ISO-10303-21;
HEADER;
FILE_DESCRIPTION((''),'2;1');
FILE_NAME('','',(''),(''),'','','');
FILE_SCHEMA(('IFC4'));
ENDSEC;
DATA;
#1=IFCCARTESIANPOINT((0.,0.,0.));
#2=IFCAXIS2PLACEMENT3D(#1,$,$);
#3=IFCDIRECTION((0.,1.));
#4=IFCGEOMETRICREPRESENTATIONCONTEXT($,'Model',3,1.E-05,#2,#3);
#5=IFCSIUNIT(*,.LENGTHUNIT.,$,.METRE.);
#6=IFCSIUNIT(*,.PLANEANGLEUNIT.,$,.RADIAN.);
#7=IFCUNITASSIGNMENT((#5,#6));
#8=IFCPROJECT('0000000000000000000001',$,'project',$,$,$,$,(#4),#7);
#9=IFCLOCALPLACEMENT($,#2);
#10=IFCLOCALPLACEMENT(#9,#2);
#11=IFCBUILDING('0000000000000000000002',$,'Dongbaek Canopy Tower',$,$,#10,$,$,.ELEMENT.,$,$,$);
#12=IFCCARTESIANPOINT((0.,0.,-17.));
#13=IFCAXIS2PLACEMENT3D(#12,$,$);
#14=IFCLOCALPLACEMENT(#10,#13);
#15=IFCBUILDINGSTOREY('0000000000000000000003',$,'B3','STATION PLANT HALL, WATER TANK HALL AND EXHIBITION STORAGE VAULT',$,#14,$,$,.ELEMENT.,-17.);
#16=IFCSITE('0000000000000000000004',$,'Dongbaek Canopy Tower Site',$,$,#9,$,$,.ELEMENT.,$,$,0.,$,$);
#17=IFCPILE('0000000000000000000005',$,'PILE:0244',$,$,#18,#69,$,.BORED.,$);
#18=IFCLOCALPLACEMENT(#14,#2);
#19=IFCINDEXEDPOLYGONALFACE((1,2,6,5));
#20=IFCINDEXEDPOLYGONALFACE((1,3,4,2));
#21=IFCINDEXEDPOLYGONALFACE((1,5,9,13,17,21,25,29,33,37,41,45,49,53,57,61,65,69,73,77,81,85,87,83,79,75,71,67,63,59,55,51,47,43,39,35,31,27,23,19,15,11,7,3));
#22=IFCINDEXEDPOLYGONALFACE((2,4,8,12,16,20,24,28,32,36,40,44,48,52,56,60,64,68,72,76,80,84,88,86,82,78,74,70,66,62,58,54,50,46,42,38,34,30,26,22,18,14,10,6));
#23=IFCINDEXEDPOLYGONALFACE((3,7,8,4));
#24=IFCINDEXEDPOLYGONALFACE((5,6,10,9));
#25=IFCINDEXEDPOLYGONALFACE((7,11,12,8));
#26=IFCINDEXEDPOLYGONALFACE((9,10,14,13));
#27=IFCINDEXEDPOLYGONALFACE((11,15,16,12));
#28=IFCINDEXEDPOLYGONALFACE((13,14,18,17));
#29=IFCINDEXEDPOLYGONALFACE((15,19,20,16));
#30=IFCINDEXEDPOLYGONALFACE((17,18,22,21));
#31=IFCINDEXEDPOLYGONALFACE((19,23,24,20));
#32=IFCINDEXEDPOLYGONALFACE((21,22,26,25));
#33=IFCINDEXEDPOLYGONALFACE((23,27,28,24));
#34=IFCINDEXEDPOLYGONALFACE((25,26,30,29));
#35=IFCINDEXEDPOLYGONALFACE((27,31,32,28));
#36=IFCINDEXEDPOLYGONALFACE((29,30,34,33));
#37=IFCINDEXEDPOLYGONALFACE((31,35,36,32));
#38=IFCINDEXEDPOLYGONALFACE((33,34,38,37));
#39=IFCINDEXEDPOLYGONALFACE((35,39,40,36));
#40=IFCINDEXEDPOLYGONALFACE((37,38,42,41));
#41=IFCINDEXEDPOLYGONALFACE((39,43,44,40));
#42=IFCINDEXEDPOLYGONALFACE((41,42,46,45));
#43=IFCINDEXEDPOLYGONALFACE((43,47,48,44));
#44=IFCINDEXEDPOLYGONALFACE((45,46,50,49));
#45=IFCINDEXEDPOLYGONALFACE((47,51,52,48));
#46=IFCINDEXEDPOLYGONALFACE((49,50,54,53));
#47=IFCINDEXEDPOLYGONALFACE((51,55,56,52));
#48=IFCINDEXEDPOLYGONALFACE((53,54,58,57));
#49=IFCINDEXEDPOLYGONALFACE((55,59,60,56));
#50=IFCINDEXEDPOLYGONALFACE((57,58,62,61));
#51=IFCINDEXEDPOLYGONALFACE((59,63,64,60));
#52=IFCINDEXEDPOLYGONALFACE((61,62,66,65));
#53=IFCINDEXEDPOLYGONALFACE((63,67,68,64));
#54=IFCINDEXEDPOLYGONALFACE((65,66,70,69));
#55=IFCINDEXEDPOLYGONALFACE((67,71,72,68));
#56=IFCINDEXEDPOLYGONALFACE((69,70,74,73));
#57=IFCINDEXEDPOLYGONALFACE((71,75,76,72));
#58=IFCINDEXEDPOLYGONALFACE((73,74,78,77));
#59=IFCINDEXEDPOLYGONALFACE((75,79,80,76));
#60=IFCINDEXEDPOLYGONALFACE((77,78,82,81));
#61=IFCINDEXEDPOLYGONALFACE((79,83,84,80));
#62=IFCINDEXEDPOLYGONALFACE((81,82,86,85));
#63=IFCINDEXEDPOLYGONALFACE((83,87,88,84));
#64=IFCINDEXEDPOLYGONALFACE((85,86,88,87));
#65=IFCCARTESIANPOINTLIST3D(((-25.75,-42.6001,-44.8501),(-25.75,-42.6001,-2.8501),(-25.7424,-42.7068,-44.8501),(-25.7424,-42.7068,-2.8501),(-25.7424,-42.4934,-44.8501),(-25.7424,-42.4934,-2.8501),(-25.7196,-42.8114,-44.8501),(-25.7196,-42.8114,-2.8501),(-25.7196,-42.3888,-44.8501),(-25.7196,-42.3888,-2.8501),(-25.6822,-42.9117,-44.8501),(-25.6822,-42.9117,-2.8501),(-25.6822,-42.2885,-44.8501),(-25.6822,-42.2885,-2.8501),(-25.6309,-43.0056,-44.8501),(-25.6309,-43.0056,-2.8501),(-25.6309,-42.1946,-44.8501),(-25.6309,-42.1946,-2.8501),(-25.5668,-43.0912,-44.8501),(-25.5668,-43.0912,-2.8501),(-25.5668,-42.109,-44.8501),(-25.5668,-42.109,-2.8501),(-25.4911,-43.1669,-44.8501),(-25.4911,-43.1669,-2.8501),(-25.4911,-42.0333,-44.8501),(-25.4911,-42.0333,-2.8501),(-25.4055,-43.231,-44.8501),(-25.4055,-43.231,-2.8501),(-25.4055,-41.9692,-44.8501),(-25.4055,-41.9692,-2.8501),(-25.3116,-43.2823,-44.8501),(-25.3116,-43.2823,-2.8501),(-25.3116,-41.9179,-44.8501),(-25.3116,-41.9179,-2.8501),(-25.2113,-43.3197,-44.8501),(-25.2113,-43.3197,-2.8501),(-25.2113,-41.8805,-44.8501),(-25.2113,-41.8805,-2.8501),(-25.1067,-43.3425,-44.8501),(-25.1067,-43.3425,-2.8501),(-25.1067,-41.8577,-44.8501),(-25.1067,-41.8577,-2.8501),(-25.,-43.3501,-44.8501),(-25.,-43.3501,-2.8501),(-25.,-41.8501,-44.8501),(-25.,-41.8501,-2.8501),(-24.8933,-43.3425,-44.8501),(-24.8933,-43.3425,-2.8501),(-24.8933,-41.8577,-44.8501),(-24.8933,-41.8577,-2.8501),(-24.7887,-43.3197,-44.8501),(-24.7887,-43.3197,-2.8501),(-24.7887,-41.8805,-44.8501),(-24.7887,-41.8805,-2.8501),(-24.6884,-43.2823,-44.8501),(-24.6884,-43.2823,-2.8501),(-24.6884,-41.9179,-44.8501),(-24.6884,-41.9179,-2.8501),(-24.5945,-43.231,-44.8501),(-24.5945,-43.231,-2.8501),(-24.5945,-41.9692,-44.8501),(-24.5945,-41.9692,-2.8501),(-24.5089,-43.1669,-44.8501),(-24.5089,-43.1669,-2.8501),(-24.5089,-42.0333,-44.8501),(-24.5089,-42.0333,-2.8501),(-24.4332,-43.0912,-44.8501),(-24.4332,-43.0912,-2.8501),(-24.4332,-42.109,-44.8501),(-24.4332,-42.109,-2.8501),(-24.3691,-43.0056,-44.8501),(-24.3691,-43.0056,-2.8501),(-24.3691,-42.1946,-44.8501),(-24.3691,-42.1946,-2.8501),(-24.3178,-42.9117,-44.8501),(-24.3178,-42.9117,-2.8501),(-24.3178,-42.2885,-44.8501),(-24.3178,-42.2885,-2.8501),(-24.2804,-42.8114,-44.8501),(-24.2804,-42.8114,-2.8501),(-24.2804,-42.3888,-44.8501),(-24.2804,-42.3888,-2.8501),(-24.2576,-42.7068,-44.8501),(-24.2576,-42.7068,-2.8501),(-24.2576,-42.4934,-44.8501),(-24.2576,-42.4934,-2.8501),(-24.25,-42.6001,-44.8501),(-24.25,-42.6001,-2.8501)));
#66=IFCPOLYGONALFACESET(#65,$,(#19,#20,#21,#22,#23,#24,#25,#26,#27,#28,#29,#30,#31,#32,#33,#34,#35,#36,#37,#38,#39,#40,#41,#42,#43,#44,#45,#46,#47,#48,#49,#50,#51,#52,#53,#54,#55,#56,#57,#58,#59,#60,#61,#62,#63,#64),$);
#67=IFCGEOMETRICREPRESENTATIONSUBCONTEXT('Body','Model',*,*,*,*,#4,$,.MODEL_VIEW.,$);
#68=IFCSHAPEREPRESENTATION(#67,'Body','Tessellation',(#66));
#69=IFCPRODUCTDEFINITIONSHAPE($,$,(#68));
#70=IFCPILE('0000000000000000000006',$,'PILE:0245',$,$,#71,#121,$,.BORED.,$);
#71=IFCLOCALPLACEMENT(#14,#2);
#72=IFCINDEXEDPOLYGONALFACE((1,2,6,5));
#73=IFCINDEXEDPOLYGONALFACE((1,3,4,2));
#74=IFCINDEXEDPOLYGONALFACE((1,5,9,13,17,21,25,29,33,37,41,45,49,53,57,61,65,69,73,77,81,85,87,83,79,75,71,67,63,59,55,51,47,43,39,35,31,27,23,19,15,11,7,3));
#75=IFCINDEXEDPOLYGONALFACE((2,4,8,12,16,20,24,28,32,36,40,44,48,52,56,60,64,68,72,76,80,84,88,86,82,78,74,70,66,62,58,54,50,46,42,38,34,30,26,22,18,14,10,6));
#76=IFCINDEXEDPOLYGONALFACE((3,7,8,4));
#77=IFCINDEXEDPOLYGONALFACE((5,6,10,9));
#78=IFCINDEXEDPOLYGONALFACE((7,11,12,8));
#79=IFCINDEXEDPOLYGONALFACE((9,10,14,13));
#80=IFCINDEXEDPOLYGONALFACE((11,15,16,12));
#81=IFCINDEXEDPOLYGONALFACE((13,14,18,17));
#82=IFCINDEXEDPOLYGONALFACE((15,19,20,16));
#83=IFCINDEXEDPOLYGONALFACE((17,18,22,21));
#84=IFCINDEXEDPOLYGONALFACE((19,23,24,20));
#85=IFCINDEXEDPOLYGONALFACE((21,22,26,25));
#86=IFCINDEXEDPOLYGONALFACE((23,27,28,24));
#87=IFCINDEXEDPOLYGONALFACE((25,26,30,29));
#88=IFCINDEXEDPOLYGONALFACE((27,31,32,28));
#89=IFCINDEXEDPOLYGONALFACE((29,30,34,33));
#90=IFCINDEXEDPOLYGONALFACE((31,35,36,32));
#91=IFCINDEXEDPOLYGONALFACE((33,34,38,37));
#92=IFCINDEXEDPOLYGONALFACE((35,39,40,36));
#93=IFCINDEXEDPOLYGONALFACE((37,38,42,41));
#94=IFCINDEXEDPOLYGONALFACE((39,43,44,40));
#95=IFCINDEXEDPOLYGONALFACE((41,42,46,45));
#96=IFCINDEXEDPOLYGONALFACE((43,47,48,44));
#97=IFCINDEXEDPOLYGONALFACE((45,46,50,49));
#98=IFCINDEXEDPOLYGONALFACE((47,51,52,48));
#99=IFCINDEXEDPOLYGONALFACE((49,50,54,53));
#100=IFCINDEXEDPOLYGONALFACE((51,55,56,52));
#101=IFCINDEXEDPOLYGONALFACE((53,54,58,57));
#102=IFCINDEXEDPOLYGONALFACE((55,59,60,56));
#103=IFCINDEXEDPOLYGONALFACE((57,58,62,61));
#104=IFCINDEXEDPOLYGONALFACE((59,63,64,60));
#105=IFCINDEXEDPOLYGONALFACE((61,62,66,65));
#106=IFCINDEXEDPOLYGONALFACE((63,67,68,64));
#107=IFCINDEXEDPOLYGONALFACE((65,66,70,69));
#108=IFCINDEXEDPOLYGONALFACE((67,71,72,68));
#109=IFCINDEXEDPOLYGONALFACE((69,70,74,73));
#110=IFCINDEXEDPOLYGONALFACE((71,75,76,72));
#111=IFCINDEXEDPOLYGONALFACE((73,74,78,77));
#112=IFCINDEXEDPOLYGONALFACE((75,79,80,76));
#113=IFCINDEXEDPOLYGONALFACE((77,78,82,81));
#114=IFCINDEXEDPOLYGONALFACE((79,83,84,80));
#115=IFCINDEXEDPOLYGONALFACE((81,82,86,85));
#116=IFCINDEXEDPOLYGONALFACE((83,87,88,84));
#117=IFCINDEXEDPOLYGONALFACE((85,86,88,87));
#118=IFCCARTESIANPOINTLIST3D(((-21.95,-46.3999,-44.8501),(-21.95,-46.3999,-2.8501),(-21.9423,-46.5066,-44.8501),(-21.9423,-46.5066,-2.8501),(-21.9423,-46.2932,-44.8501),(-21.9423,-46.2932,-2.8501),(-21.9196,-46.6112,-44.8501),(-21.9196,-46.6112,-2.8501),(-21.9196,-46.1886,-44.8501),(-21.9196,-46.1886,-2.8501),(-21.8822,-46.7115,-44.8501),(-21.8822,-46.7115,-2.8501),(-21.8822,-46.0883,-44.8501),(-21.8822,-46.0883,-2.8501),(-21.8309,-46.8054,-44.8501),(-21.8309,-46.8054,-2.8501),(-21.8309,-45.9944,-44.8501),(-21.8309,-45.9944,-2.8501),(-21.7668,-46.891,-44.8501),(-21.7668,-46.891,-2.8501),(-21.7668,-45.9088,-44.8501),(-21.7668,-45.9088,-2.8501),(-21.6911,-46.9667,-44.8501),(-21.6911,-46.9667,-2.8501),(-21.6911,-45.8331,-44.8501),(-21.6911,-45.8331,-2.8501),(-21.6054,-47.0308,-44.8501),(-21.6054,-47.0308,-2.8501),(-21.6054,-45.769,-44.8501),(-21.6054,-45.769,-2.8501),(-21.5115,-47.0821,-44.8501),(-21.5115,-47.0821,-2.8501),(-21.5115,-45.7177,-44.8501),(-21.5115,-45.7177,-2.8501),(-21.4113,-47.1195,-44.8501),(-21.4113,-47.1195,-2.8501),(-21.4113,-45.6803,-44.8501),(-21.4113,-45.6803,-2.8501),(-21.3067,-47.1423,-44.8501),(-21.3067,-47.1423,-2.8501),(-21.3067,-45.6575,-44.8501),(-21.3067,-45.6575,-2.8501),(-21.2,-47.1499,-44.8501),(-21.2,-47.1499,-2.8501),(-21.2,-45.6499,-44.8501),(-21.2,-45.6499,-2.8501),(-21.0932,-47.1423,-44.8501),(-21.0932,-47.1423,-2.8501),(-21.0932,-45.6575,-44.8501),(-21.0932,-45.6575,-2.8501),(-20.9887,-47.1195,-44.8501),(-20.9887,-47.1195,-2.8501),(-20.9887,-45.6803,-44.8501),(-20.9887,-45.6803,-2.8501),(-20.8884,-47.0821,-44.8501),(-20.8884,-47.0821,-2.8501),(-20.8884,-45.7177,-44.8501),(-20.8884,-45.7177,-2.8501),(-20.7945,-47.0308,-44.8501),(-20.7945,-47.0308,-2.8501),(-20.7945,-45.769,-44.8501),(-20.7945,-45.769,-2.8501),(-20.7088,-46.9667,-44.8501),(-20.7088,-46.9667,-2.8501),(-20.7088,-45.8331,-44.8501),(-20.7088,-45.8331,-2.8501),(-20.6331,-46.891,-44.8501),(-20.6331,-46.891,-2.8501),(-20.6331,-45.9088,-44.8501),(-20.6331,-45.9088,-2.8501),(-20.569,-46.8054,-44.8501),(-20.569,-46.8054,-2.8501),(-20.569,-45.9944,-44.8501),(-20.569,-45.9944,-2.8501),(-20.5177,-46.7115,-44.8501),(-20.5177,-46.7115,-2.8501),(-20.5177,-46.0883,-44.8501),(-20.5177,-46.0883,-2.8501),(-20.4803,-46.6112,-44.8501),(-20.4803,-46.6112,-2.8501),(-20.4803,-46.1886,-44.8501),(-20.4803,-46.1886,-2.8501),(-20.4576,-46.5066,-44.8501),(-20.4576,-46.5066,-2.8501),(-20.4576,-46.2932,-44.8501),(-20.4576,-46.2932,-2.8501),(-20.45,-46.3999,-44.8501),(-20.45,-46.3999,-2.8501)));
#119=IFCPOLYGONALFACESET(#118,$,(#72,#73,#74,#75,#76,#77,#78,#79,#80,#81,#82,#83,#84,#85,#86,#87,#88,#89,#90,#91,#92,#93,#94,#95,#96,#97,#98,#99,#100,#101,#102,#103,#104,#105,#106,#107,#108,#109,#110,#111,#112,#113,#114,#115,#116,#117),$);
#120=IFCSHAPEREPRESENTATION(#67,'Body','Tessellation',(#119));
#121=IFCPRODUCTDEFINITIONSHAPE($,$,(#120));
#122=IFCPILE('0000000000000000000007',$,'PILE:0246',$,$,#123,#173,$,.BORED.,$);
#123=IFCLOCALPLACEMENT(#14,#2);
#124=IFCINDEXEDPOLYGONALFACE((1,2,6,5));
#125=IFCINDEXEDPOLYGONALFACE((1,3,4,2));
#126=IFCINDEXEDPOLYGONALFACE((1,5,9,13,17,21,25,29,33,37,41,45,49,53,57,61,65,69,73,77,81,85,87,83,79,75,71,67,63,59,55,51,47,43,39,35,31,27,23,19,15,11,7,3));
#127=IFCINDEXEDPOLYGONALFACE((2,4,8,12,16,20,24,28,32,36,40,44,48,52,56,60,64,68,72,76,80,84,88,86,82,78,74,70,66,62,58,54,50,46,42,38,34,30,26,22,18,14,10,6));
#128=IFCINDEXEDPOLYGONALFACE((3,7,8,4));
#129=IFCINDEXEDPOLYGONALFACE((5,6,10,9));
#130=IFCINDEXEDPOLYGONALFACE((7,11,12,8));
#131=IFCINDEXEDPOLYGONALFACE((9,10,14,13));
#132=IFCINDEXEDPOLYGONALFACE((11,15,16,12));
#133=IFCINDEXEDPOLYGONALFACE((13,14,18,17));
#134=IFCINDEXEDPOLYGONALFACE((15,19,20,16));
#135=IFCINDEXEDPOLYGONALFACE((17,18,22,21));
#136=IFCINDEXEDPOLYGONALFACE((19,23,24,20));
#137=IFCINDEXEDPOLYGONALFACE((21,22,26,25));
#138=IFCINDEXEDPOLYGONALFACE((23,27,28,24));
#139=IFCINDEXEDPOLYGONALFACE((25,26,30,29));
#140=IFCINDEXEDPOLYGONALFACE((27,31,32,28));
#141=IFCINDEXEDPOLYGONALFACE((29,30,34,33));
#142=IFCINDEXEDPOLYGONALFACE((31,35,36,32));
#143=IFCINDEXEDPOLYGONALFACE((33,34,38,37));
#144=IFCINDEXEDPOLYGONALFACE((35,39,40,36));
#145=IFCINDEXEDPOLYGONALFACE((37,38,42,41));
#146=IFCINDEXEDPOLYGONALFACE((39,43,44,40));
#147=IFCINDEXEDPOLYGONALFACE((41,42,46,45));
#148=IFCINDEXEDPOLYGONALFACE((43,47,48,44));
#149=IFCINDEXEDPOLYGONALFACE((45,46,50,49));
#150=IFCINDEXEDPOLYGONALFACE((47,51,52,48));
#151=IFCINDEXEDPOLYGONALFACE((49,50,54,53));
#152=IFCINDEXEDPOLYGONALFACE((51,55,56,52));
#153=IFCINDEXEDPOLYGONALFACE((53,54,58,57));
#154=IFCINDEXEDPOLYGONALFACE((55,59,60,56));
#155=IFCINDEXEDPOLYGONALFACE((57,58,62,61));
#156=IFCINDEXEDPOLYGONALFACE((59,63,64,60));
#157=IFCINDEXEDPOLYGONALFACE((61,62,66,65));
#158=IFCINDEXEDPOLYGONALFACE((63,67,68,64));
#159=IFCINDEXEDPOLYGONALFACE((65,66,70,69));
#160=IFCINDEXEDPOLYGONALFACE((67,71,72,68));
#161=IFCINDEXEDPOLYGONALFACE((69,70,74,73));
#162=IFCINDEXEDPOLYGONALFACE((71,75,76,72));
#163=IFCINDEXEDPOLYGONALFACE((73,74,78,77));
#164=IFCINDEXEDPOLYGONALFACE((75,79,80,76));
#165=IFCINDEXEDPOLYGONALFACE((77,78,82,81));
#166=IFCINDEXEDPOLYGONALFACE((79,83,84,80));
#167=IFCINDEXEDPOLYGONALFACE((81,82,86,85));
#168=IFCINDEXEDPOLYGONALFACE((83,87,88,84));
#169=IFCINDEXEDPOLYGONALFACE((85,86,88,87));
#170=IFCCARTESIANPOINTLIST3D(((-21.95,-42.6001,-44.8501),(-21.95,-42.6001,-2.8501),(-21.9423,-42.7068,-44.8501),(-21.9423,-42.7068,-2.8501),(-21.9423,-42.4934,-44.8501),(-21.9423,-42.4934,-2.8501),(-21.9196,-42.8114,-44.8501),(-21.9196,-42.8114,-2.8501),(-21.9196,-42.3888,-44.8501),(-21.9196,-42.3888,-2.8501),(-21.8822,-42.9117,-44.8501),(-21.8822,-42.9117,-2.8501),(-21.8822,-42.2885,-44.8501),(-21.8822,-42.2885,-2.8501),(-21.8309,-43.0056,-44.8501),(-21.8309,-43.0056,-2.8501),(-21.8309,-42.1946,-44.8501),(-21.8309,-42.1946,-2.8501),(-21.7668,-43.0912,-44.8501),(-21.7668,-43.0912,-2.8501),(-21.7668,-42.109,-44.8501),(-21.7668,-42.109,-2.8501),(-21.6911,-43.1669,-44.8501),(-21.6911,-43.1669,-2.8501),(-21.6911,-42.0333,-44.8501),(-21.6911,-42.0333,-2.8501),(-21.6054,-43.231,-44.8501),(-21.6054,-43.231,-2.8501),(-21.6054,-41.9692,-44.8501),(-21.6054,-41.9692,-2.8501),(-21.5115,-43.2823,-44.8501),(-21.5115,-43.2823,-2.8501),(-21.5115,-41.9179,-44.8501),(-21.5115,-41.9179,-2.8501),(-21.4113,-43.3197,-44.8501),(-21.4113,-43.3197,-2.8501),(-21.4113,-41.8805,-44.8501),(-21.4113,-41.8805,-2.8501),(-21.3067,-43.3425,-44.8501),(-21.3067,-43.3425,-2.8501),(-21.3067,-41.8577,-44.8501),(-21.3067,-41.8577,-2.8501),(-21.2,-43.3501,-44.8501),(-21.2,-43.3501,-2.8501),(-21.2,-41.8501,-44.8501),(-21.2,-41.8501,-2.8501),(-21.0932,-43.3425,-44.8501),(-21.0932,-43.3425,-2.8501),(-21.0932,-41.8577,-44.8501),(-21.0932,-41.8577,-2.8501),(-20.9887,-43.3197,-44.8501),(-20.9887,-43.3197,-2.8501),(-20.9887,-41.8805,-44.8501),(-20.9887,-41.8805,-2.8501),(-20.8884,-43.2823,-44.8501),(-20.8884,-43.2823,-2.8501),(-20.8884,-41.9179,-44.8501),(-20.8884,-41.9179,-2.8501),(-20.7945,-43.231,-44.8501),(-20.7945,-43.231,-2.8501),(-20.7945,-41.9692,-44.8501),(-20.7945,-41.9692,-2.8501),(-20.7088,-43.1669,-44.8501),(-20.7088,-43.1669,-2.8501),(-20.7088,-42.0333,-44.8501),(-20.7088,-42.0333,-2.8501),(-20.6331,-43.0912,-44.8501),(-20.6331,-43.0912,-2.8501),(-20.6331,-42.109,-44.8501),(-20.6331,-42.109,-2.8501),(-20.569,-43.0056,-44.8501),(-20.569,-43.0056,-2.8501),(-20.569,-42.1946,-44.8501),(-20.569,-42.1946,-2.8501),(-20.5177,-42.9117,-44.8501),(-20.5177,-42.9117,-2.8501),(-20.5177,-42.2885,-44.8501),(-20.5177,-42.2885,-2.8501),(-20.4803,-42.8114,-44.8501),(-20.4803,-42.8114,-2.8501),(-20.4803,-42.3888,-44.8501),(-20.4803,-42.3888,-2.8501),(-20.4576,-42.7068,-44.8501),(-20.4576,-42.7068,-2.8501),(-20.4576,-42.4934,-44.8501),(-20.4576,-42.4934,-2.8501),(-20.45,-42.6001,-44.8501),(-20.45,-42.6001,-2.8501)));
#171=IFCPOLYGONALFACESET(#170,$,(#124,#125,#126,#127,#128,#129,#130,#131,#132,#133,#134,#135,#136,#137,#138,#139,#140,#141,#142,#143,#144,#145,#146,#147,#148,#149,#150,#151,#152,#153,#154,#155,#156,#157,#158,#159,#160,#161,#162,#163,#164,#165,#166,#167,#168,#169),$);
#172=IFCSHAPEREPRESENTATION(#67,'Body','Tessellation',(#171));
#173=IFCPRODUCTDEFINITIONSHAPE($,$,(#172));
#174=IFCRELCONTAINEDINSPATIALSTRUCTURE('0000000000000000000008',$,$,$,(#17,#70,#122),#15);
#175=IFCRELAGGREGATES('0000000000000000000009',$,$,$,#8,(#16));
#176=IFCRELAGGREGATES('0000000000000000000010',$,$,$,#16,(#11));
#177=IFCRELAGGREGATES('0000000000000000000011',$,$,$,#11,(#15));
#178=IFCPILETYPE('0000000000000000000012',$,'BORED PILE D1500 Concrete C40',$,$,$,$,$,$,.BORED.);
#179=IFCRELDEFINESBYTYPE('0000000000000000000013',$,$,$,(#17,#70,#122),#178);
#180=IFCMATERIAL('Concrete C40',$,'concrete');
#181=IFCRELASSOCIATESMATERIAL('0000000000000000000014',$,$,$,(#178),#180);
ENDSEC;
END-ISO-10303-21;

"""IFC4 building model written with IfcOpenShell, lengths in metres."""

from ifc_helpers import new_model, si_unit, direction, frame, origin, origin_2d, place, context, subcontext, project, spatial, circle, extrude, material, material_profile, profile_set, type_object, element, save


model = new_model("IFC4")

# Units and contexts
model_context = context("Model", 3, precision=1e-05, world=origin(), true_north=direction((0.0, 1.0)))
body_context = subcontext(model_context, "Body", "Model", "MODEL_VIEW")
ifc_project = project(units=[si_unit("LENGTHUNIT", "METRE"), si_unit("PLANEANGLEUNIT", "RADIAN")], contexts=[model_context])

# Site, building, storey
site_placement = place(None, origin())
site = spatial("IfcSite", under=ifc_project, at=site_placement, Name="Dongbaek Canopy Tower Site", CompositionType="ELEMENT", RefElevation=0.0)
building_placement = place(site_placement, origin())
building = spatial("IfcBuilding", under=site, at=building_placement, Name="Dongbaek Canopy Tower", CompositionType="ELEMENT")
storey_placement = place(building_placement, frame((0.0, 0.0, -17.0)))
storey = spatial("IfcBuildingStorey", under=building, at=storey_placement, Name="B3", Description="STATION PLANT HALL, WATER TANK HALL AND EXHIBITION STORAGE VAULT", CompositionType="ELEMENT", Elevation=-17.0)

# Piles
ifc_material_1 = material(Name="Concrete C40", Category="concrete")
ifc_material_profile_1 = material_profile(ifc_material_1, circle(Radius=0.75, at=origin_2d()), Name="BORED PILE D1500 Concrete C40")
ifc_profile_set_1 = profile_set([ifc_material_profile_1], Name="Concrete C40")
pile_type = type_object("IfcPileType", Name="BORED PILE D1500 Concrete C40", PredefinedType="BORED", material=ifc_profile_set_1)
for number, where, z_axis, x_axis, name in (
    (1, (-25.0, -42.6001, -2.8501), (0.0, 0.0, -1.0), (1.0, 0.0, 0.0), "PILE:0244"),
    (2, (-21.2, -46.3999, -2.8501), (0.0, 0.0, -1.0), (1.0, 0.0, 0.0), "PILE:0245"),
    (3, (-21.2, -42.6001, -2.8501), (0.0, 0.0, -1.0), (1.0, 0.0, 0.0), "PILE:0246"),
):
    element("IfcPile", number, at=place(storey_placement, frame(where, z_axis=z_axis, x_axis=x_axis)), inside=storey, type_object=pile_type, Name=name, PredefinedType="BORED", context=body_context, shape_type="SweptSolid", body=[
        extrude(circle(Radius=0.75, at=origin_2d()), origin(), (0.0, 0.0, 1.0), 42.0),
    ])

save(model, "model.ifc")
